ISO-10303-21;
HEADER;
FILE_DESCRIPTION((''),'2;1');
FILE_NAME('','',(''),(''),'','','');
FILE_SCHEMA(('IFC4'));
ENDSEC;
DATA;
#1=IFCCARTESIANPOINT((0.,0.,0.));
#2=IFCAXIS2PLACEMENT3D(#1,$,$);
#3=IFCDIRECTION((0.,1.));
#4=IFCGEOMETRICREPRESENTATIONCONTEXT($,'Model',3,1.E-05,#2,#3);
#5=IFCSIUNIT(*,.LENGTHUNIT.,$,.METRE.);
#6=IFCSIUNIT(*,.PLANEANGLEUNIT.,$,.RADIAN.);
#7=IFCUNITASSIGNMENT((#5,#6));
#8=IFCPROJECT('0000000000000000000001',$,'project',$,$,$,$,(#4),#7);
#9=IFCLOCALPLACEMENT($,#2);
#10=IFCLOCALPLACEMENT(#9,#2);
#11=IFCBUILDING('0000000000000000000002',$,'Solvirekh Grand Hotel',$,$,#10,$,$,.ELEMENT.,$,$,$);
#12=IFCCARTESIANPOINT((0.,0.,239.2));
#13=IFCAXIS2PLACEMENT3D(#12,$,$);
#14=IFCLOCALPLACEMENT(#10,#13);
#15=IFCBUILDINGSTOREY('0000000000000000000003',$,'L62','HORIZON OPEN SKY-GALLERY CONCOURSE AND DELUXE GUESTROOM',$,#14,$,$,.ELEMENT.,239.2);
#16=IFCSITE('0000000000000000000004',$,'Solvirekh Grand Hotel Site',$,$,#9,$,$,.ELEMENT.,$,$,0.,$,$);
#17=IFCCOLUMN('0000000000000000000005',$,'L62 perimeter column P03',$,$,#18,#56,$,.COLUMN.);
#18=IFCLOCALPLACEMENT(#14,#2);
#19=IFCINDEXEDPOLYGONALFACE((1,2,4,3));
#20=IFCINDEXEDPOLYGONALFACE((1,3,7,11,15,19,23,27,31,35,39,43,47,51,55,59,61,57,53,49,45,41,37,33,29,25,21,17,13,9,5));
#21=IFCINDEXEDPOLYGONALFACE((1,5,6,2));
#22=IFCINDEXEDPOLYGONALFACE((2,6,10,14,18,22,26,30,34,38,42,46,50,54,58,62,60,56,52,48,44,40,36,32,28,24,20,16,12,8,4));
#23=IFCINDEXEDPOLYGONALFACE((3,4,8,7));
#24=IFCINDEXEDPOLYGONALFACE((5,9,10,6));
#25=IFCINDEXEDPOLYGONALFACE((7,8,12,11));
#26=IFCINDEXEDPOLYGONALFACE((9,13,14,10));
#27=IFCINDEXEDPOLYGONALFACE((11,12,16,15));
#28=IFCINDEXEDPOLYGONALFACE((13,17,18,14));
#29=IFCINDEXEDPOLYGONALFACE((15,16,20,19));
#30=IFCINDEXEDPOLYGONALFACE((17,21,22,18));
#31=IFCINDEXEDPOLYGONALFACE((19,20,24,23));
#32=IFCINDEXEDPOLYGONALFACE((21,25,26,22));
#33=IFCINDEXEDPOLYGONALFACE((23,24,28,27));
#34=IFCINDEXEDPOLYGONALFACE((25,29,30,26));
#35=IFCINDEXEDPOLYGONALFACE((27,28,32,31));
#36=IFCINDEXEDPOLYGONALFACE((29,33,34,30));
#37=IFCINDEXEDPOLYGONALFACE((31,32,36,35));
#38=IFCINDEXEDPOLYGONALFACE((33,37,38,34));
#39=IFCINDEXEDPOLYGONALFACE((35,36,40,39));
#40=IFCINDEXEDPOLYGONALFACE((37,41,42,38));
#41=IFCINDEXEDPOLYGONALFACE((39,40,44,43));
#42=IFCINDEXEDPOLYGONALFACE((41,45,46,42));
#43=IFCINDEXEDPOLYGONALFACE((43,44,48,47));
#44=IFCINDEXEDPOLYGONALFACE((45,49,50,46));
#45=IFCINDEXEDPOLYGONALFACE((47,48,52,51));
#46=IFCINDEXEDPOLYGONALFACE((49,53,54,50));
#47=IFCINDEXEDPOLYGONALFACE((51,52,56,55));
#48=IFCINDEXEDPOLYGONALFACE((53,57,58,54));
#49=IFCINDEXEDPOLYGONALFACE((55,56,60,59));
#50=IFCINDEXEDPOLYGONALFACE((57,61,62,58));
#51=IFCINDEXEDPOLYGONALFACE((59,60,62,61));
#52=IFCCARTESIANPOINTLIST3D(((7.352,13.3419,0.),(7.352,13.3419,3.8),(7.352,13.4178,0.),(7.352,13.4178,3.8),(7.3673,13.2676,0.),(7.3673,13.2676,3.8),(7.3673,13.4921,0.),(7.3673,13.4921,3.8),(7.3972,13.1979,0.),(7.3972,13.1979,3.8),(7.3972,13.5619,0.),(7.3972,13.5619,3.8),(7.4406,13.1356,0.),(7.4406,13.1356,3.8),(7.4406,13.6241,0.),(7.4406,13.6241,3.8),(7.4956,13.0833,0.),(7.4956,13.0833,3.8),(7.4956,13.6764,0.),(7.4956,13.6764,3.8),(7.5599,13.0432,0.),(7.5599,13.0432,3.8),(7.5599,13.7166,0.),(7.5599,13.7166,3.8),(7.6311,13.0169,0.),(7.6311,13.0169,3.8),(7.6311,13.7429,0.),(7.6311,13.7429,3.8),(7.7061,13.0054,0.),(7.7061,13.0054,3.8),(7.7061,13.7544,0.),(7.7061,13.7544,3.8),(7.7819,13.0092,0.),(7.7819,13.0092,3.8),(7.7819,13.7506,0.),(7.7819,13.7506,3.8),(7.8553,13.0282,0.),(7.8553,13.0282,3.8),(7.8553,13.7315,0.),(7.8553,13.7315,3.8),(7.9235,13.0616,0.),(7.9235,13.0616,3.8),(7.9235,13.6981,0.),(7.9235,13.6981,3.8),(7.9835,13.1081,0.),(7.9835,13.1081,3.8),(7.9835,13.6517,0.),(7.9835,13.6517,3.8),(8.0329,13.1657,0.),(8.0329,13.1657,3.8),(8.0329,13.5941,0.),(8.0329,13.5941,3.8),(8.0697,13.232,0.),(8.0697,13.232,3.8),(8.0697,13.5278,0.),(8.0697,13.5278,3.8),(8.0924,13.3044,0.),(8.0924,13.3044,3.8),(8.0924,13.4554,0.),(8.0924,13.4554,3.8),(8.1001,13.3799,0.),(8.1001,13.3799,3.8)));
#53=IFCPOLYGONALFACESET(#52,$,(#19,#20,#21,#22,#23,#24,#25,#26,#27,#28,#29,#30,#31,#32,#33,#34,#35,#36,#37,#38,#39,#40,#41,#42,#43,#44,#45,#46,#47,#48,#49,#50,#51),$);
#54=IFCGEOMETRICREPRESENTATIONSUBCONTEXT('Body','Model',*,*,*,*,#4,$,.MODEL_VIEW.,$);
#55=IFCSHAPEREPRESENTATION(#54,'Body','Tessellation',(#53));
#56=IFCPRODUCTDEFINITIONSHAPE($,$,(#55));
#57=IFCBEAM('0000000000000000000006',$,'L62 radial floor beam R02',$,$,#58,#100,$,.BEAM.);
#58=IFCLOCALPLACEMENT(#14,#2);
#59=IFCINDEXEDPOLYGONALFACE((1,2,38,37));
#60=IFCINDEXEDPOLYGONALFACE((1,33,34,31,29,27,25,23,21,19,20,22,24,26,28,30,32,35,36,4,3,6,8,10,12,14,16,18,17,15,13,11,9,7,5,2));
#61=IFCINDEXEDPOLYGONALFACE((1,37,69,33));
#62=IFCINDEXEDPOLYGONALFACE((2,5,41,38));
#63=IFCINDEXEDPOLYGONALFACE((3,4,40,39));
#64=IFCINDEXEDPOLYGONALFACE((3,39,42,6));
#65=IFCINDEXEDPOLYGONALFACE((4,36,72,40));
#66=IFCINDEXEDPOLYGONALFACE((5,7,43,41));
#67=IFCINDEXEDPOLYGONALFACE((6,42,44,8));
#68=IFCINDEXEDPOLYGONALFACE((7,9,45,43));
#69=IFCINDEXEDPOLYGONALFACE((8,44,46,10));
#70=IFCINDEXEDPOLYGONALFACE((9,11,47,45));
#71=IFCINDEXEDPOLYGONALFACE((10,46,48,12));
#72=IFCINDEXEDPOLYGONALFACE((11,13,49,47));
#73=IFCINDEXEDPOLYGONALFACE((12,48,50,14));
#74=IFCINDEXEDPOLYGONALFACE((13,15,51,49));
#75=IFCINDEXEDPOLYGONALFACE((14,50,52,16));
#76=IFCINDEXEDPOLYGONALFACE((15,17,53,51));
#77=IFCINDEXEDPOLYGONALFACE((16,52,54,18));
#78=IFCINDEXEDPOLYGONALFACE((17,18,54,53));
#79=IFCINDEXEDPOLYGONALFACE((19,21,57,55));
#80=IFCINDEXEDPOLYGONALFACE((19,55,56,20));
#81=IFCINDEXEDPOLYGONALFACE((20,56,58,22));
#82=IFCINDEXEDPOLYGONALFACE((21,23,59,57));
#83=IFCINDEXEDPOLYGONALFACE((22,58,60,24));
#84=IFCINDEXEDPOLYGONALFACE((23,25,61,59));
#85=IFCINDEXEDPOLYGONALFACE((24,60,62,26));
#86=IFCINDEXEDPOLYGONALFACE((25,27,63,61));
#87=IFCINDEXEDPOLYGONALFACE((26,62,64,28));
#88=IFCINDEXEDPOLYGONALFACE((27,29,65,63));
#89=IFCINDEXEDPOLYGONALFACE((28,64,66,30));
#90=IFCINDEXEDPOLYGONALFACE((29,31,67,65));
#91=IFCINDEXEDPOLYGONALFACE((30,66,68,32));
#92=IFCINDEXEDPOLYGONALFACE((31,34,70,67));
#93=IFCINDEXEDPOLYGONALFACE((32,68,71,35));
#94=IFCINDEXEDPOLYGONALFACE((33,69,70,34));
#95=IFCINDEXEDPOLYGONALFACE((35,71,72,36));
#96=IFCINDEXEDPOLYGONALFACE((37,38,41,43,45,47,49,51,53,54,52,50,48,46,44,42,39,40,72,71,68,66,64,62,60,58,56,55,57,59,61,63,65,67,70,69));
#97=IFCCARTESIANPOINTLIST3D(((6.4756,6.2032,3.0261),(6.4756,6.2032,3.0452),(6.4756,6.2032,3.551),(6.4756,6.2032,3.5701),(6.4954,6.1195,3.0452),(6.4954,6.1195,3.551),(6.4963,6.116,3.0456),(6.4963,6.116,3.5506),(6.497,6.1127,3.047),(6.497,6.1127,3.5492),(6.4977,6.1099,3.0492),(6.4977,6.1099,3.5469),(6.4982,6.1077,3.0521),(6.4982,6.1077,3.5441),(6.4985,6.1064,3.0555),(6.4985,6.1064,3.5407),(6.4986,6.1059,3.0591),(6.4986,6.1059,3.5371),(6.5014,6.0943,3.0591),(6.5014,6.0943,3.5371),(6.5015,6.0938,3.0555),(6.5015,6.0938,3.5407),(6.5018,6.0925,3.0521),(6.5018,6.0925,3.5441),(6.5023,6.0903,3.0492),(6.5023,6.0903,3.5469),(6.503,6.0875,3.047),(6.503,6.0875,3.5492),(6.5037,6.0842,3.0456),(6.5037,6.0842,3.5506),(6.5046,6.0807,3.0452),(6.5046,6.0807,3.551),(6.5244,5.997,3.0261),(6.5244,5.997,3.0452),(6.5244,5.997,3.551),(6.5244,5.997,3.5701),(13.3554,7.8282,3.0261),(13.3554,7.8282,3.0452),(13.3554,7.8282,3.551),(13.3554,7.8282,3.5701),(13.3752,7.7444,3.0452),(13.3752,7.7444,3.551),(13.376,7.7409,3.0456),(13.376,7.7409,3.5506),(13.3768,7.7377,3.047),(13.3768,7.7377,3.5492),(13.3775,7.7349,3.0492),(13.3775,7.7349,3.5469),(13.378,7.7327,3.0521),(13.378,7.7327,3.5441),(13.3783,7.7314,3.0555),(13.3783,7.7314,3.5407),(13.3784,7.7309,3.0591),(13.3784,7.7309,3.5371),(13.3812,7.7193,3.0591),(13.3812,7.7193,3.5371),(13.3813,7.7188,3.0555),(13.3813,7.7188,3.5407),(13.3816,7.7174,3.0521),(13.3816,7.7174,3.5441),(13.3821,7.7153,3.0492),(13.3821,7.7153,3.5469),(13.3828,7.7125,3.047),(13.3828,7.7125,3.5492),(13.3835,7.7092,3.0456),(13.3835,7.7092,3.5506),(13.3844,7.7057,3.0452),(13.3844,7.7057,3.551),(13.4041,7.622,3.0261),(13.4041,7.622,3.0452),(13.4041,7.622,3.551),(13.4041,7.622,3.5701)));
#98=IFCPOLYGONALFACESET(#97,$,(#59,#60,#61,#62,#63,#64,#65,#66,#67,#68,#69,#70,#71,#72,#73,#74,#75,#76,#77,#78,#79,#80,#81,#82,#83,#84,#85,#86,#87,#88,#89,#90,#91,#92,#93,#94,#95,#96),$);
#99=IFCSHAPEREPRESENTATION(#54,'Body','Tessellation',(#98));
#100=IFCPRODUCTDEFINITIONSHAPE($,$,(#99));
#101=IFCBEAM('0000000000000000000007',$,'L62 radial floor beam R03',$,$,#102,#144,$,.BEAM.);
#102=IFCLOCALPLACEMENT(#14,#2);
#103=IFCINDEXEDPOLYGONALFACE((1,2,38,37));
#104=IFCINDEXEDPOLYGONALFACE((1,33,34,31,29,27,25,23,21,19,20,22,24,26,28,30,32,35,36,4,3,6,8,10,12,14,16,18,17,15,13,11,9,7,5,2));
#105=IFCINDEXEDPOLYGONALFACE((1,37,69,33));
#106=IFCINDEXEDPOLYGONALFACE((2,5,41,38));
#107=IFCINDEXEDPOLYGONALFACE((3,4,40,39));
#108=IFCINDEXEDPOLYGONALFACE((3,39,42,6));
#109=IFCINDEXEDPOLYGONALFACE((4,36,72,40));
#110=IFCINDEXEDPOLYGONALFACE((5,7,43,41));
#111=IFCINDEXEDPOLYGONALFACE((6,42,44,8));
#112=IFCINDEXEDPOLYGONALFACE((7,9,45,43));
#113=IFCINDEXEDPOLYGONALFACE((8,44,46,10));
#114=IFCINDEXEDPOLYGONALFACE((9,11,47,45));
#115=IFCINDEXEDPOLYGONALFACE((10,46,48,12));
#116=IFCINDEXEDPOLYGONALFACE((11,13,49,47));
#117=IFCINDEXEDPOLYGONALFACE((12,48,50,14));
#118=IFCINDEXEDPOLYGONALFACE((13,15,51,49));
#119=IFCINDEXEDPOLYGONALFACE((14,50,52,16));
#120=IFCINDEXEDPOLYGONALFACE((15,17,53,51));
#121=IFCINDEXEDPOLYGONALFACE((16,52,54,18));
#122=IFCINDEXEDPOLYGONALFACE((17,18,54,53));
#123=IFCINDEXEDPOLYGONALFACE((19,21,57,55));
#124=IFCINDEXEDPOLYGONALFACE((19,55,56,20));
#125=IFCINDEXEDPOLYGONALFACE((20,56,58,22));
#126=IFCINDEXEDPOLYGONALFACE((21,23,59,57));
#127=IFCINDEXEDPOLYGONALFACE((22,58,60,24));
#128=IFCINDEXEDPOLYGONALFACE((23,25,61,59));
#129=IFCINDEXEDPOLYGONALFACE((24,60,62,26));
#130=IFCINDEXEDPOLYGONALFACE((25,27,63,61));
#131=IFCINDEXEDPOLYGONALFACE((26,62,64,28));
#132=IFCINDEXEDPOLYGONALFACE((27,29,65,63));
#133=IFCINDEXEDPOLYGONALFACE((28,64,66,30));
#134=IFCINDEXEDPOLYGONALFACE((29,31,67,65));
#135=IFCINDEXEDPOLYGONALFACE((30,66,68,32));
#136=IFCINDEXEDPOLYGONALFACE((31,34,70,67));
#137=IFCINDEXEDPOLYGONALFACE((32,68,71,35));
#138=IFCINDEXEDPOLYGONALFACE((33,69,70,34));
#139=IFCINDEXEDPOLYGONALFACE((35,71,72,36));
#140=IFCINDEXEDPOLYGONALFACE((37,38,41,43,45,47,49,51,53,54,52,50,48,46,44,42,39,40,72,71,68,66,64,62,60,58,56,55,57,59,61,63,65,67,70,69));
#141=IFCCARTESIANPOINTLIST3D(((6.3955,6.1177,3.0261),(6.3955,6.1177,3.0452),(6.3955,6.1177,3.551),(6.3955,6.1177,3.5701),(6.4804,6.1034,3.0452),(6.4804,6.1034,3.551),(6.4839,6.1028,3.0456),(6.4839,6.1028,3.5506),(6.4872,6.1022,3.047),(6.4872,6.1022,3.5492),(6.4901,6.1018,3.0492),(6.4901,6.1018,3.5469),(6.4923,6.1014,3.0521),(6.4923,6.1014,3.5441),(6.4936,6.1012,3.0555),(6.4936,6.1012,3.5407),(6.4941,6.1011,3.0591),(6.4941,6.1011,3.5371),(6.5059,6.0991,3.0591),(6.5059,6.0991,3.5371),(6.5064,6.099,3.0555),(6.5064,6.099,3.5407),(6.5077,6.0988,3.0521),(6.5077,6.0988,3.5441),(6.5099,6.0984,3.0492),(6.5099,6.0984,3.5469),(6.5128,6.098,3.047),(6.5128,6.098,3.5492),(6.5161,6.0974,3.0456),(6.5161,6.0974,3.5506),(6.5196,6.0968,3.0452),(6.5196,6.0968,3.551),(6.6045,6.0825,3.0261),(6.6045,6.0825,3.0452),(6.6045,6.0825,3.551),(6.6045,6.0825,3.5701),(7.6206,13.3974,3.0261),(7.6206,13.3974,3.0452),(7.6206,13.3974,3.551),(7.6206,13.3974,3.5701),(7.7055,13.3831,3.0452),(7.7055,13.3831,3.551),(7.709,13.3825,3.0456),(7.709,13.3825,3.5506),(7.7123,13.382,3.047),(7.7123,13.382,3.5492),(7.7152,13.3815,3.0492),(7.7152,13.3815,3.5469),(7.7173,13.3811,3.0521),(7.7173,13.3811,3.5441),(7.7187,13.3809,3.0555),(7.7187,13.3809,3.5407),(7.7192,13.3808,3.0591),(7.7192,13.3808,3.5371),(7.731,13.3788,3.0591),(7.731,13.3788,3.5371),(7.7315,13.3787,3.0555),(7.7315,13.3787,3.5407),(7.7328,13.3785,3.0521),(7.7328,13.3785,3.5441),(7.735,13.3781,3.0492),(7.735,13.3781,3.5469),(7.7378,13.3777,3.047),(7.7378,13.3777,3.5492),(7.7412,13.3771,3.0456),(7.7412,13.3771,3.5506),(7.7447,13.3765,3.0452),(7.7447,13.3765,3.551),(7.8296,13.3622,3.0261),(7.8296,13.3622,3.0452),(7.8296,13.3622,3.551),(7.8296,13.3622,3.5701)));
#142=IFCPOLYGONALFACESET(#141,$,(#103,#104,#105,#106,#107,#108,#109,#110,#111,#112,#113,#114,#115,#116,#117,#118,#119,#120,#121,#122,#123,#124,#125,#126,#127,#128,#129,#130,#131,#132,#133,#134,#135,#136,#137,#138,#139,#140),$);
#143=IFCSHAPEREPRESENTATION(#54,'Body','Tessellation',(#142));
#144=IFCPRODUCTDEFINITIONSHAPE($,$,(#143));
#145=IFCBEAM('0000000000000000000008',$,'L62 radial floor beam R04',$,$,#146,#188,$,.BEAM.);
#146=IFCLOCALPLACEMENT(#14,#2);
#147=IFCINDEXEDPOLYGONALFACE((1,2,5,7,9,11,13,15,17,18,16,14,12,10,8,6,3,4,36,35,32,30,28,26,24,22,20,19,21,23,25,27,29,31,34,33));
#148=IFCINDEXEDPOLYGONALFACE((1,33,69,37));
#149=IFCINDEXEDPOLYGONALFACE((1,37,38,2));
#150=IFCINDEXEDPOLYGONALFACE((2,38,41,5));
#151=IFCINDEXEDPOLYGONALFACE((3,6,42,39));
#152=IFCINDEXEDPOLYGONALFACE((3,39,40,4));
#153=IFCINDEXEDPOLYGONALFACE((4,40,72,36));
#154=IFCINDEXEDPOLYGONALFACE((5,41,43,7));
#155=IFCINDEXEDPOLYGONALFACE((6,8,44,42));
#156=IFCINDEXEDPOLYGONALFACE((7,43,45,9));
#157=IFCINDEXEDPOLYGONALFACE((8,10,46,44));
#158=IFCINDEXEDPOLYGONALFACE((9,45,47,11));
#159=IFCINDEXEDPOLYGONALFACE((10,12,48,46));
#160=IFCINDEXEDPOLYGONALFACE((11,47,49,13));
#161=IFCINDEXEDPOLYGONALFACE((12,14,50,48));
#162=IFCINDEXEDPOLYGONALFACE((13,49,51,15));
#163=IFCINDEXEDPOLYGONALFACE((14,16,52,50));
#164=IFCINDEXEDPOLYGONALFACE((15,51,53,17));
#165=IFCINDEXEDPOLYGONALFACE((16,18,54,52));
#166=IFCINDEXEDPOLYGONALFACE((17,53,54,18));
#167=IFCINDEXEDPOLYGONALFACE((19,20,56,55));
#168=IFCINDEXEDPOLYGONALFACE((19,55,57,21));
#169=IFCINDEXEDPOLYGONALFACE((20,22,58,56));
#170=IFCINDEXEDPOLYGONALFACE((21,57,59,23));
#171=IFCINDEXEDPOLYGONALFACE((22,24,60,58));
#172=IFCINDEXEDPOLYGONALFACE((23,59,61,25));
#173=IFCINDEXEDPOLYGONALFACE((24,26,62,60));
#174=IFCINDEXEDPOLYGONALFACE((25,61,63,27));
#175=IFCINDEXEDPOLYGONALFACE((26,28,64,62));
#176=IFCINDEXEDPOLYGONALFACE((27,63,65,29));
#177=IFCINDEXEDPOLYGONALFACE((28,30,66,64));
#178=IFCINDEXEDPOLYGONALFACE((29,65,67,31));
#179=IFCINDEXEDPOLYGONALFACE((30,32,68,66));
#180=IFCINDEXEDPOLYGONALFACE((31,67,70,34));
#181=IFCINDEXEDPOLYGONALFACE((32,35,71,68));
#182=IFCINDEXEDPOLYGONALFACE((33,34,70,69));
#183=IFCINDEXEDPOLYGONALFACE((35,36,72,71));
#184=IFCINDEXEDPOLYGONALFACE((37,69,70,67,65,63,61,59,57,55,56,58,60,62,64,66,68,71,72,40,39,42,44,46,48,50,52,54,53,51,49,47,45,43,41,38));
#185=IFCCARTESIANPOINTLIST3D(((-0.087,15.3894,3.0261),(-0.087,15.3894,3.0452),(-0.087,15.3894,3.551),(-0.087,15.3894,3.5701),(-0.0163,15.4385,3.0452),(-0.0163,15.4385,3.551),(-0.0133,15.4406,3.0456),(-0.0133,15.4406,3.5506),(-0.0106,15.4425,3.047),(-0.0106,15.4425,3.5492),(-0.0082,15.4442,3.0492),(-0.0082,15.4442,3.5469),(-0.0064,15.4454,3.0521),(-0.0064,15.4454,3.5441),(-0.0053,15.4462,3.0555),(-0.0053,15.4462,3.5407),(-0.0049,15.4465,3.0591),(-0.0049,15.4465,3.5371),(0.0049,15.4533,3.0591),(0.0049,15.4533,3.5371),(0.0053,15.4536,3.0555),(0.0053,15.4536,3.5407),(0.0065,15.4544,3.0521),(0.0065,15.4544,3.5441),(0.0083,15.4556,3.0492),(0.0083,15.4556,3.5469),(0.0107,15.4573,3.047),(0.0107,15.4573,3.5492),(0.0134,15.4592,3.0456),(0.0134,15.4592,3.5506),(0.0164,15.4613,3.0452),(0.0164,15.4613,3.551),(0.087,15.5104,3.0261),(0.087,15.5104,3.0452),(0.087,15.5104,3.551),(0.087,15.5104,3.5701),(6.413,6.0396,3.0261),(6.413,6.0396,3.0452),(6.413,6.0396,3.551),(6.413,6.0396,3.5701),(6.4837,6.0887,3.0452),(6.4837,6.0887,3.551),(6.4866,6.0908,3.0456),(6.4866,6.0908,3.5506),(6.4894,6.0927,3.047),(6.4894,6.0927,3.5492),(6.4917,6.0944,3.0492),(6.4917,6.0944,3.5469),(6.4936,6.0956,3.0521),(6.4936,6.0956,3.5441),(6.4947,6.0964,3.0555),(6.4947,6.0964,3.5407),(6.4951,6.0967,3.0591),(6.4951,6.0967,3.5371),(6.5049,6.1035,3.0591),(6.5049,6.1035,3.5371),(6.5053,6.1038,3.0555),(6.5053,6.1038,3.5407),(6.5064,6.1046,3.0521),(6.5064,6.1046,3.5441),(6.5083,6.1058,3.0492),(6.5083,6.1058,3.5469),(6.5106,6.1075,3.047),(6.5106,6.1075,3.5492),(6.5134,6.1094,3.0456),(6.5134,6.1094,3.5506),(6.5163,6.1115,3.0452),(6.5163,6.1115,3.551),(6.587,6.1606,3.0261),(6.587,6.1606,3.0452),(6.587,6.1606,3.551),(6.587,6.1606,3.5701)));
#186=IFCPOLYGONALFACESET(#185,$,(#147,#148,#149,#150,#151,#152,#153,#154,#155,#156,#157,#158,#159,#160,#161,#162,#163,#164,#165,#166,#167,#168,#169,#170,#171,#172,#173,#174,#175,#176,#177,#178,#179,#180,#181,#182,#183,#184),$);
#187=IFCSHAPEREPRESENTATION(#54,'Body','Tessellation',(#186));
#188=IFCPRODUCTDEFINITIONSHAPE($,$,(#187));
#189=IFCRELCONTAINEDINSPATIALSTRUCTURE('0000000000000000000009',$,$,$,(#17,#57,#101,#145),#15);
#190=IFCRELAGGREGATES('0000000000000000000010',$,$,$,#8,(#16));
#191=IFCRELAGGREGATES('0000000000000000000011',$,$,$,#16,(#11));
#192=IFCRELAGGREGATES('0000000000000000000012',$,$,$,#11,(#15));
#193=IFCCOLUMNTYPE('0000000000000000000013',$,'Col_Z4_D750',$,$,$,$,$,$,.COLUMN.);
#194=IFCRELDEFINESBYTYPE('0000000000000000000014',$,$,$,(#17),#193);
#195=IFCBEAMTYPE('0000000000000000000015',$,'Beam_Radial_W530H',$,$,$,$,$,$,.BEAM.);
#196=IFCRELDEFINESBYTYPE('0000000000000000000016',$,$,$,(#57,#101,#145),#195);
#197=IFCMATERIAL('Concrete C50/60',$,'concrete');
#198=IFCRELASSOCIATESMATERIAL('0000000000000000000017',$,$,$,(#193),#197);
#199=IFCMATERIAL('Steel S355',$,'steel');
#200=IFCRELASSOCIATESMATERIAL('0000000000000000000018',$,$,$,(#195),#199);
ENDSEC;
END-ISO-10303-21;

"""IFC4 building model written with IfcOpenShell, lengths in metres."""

from ifc_helpers import new_model, si_unit, direction, frame, origin, origin_2d, place, context, subcontext, project, spatial, circle, i_section, extrude, material, material_profile, profile_set, type_object, element, save


model = new_model("IFC4")

# Units and contexts
model_context = context("Model", 3, precision=1e-05, world=origin(), true_north=direction((0.0, 1.0)))
body_context = subcontext(model_context, "Body", "Model", "MODEL_VIEW")
ifc_project = project(units=[si_unit("LENGTHUNIT", "METRE"), si_unit("PLANEANGLEUNIT", "RADIAN")], contexts=[model_context])

# Site, building, storey
site_placement = place(None, origin())
site = spatial("IfcSite", under=ifc_project, at=site_placement, Name="Solvirekh Grand Hotel Site", CompositionType="ELEMENT", RefElevation=0.0)
building_placement = place(site_placement, origin())
building = spatial("IfcBuilding", under=site, at=building_placement, Name="Solvirekh Grand Hotel", CompositionType="ELEMENT")
storey_placement = place(building_placement, frame((0.0, 0.0, 239.2)))
storey = spatial("IfcBuildingStorey", under=building, at=storey_placement, Name="L62", Description="HORIZON OPEN SKY-GALLERY CONCOURSE AND DELUXE GUESTROOM", CompositionType="ELEMENT", Elevation=239.2)

# Column
ifc_material_1 = material(Name="Concrete C50/60", Category="concrete")
ifc_material_profile_1 = material_profile(ifc_material_1, circle(Radius=0.375, at=origin_2d()), Name="RC CIRC D750")
ifc_profile_set_1 = profile_set([ifc_material_profile_1], Name="Concrete C50/60")
column_type = type_object("IfcColumnType", Name="Col_Z4_D750", PredefinedType="COLUMN", material=ifc_profile_set_1)
column_placement = place(storey_placement, frame((7.7251, 13.3799, 0.0), z_axis=(0.0, 0.0, 1.0), x_axis=(1.0, 0.0, 0.0)))
element("IfcColumn", 1, at=column_placement, inside=storey, type_object=column_type, Name="L62 perimeter column P03", PredefinedType="COLUMN", context=body_context, shape_type="SweptSolid", body=[
    extrude(circle(Radius=0.375, at=origin_2d()), origin(), (0.0, 0.0, 1.0), 3.8),
])

# Beams
ifc_material_2 = material(Name="Steel S355", Category="steel")
ifc_material_profile_2 = material_profile(ifc_material_2, i_section(OverallWidth=0.2119, OverallDepth=0.5439, WebThickness=0.012, FlangeThickness=0.019, FilletRadius=0.0139, at=origin_2d()), Name="W530X123")
ifc_profile_set_2 = profile_set([ifc_material_profile_2], Name="Steel S355")
beam_type_1 = type_object("IfcBeamType", Name="Beam_Radial_W530H", PredefinedType="BEAM", material=ifc_profile_set_2)
beam_1_placement = place(storey_placement, frame((6.5, 6.1001, 3.2981), z_axis=(0.973221, 0.229871, 0.0), x_axis=(-0.229871, 0.973221, 0.0)))
element("IfcBeam", 2, at=beam_1_placement, inside=storey, type_object=beam_type_1, Name="L62 radial floor beam R02", PredefinedType="BEAM", context=body_context, shape_type="SweptSolid", body=[
    extrude(i_section(OverallWidth=0.2119, OverallDepth=0.5439, WebThickness=0.012, FlangeThickness=0.019, FilletRadius=0.0139, at=origin_2d()), origin(), (0.0, 0.0, 1.0), 7.0691),
])
beam_2_placement = place(storey_placement, frame((6.5, 6.1001, 3.2981), z_axis=(0.165954, 0.986133, 0.0), x_axis=(-0.986133, 0.165954, 0.0)))
element("IfcBeam", 3, at=beam_2_placement, inside=storey, type_object=beam_type_1, Name="L62 radial floor beam R03", PredefinedType="BEAM", context=body_context, shape_type="SweptSolid", body=[
    extrude(i_section(OverallWidth=0.2119, OverallDepth=0.5439, WebThickness=0.012, FlangeThickness=0.019, FilletRadius=0.0139, at=origin_2d()), origin(), (0.0, 0.0, 1.0), 7.3821),
])
beam_3_placement = place(storey_placement, frame((6.5, 6.1001, 3.2981), z_axis=(-0.570813, 0.82108, 0.0), x_axis=(-0.82108, -0.570813, 0.0)))
element("IfcBeam", 4, at=beam_3_placement, inside=storey, type_object=beam_type_1, Name="L62 radial floor beam R04", PredefinedType="BEAM", context=body_context, shape_type="SweptSolid", body=[
    extrude(i_section(OverallWidth=0.2119, OverallDepth=0.5439, WebThickness=0.012, FlangeThickness=0.019, FilletRadius=0.0139, at=origin_2d()), origin(), (0.0, 0.0, 1.0), 11.3872),
])

save(model, "model.ifc")
